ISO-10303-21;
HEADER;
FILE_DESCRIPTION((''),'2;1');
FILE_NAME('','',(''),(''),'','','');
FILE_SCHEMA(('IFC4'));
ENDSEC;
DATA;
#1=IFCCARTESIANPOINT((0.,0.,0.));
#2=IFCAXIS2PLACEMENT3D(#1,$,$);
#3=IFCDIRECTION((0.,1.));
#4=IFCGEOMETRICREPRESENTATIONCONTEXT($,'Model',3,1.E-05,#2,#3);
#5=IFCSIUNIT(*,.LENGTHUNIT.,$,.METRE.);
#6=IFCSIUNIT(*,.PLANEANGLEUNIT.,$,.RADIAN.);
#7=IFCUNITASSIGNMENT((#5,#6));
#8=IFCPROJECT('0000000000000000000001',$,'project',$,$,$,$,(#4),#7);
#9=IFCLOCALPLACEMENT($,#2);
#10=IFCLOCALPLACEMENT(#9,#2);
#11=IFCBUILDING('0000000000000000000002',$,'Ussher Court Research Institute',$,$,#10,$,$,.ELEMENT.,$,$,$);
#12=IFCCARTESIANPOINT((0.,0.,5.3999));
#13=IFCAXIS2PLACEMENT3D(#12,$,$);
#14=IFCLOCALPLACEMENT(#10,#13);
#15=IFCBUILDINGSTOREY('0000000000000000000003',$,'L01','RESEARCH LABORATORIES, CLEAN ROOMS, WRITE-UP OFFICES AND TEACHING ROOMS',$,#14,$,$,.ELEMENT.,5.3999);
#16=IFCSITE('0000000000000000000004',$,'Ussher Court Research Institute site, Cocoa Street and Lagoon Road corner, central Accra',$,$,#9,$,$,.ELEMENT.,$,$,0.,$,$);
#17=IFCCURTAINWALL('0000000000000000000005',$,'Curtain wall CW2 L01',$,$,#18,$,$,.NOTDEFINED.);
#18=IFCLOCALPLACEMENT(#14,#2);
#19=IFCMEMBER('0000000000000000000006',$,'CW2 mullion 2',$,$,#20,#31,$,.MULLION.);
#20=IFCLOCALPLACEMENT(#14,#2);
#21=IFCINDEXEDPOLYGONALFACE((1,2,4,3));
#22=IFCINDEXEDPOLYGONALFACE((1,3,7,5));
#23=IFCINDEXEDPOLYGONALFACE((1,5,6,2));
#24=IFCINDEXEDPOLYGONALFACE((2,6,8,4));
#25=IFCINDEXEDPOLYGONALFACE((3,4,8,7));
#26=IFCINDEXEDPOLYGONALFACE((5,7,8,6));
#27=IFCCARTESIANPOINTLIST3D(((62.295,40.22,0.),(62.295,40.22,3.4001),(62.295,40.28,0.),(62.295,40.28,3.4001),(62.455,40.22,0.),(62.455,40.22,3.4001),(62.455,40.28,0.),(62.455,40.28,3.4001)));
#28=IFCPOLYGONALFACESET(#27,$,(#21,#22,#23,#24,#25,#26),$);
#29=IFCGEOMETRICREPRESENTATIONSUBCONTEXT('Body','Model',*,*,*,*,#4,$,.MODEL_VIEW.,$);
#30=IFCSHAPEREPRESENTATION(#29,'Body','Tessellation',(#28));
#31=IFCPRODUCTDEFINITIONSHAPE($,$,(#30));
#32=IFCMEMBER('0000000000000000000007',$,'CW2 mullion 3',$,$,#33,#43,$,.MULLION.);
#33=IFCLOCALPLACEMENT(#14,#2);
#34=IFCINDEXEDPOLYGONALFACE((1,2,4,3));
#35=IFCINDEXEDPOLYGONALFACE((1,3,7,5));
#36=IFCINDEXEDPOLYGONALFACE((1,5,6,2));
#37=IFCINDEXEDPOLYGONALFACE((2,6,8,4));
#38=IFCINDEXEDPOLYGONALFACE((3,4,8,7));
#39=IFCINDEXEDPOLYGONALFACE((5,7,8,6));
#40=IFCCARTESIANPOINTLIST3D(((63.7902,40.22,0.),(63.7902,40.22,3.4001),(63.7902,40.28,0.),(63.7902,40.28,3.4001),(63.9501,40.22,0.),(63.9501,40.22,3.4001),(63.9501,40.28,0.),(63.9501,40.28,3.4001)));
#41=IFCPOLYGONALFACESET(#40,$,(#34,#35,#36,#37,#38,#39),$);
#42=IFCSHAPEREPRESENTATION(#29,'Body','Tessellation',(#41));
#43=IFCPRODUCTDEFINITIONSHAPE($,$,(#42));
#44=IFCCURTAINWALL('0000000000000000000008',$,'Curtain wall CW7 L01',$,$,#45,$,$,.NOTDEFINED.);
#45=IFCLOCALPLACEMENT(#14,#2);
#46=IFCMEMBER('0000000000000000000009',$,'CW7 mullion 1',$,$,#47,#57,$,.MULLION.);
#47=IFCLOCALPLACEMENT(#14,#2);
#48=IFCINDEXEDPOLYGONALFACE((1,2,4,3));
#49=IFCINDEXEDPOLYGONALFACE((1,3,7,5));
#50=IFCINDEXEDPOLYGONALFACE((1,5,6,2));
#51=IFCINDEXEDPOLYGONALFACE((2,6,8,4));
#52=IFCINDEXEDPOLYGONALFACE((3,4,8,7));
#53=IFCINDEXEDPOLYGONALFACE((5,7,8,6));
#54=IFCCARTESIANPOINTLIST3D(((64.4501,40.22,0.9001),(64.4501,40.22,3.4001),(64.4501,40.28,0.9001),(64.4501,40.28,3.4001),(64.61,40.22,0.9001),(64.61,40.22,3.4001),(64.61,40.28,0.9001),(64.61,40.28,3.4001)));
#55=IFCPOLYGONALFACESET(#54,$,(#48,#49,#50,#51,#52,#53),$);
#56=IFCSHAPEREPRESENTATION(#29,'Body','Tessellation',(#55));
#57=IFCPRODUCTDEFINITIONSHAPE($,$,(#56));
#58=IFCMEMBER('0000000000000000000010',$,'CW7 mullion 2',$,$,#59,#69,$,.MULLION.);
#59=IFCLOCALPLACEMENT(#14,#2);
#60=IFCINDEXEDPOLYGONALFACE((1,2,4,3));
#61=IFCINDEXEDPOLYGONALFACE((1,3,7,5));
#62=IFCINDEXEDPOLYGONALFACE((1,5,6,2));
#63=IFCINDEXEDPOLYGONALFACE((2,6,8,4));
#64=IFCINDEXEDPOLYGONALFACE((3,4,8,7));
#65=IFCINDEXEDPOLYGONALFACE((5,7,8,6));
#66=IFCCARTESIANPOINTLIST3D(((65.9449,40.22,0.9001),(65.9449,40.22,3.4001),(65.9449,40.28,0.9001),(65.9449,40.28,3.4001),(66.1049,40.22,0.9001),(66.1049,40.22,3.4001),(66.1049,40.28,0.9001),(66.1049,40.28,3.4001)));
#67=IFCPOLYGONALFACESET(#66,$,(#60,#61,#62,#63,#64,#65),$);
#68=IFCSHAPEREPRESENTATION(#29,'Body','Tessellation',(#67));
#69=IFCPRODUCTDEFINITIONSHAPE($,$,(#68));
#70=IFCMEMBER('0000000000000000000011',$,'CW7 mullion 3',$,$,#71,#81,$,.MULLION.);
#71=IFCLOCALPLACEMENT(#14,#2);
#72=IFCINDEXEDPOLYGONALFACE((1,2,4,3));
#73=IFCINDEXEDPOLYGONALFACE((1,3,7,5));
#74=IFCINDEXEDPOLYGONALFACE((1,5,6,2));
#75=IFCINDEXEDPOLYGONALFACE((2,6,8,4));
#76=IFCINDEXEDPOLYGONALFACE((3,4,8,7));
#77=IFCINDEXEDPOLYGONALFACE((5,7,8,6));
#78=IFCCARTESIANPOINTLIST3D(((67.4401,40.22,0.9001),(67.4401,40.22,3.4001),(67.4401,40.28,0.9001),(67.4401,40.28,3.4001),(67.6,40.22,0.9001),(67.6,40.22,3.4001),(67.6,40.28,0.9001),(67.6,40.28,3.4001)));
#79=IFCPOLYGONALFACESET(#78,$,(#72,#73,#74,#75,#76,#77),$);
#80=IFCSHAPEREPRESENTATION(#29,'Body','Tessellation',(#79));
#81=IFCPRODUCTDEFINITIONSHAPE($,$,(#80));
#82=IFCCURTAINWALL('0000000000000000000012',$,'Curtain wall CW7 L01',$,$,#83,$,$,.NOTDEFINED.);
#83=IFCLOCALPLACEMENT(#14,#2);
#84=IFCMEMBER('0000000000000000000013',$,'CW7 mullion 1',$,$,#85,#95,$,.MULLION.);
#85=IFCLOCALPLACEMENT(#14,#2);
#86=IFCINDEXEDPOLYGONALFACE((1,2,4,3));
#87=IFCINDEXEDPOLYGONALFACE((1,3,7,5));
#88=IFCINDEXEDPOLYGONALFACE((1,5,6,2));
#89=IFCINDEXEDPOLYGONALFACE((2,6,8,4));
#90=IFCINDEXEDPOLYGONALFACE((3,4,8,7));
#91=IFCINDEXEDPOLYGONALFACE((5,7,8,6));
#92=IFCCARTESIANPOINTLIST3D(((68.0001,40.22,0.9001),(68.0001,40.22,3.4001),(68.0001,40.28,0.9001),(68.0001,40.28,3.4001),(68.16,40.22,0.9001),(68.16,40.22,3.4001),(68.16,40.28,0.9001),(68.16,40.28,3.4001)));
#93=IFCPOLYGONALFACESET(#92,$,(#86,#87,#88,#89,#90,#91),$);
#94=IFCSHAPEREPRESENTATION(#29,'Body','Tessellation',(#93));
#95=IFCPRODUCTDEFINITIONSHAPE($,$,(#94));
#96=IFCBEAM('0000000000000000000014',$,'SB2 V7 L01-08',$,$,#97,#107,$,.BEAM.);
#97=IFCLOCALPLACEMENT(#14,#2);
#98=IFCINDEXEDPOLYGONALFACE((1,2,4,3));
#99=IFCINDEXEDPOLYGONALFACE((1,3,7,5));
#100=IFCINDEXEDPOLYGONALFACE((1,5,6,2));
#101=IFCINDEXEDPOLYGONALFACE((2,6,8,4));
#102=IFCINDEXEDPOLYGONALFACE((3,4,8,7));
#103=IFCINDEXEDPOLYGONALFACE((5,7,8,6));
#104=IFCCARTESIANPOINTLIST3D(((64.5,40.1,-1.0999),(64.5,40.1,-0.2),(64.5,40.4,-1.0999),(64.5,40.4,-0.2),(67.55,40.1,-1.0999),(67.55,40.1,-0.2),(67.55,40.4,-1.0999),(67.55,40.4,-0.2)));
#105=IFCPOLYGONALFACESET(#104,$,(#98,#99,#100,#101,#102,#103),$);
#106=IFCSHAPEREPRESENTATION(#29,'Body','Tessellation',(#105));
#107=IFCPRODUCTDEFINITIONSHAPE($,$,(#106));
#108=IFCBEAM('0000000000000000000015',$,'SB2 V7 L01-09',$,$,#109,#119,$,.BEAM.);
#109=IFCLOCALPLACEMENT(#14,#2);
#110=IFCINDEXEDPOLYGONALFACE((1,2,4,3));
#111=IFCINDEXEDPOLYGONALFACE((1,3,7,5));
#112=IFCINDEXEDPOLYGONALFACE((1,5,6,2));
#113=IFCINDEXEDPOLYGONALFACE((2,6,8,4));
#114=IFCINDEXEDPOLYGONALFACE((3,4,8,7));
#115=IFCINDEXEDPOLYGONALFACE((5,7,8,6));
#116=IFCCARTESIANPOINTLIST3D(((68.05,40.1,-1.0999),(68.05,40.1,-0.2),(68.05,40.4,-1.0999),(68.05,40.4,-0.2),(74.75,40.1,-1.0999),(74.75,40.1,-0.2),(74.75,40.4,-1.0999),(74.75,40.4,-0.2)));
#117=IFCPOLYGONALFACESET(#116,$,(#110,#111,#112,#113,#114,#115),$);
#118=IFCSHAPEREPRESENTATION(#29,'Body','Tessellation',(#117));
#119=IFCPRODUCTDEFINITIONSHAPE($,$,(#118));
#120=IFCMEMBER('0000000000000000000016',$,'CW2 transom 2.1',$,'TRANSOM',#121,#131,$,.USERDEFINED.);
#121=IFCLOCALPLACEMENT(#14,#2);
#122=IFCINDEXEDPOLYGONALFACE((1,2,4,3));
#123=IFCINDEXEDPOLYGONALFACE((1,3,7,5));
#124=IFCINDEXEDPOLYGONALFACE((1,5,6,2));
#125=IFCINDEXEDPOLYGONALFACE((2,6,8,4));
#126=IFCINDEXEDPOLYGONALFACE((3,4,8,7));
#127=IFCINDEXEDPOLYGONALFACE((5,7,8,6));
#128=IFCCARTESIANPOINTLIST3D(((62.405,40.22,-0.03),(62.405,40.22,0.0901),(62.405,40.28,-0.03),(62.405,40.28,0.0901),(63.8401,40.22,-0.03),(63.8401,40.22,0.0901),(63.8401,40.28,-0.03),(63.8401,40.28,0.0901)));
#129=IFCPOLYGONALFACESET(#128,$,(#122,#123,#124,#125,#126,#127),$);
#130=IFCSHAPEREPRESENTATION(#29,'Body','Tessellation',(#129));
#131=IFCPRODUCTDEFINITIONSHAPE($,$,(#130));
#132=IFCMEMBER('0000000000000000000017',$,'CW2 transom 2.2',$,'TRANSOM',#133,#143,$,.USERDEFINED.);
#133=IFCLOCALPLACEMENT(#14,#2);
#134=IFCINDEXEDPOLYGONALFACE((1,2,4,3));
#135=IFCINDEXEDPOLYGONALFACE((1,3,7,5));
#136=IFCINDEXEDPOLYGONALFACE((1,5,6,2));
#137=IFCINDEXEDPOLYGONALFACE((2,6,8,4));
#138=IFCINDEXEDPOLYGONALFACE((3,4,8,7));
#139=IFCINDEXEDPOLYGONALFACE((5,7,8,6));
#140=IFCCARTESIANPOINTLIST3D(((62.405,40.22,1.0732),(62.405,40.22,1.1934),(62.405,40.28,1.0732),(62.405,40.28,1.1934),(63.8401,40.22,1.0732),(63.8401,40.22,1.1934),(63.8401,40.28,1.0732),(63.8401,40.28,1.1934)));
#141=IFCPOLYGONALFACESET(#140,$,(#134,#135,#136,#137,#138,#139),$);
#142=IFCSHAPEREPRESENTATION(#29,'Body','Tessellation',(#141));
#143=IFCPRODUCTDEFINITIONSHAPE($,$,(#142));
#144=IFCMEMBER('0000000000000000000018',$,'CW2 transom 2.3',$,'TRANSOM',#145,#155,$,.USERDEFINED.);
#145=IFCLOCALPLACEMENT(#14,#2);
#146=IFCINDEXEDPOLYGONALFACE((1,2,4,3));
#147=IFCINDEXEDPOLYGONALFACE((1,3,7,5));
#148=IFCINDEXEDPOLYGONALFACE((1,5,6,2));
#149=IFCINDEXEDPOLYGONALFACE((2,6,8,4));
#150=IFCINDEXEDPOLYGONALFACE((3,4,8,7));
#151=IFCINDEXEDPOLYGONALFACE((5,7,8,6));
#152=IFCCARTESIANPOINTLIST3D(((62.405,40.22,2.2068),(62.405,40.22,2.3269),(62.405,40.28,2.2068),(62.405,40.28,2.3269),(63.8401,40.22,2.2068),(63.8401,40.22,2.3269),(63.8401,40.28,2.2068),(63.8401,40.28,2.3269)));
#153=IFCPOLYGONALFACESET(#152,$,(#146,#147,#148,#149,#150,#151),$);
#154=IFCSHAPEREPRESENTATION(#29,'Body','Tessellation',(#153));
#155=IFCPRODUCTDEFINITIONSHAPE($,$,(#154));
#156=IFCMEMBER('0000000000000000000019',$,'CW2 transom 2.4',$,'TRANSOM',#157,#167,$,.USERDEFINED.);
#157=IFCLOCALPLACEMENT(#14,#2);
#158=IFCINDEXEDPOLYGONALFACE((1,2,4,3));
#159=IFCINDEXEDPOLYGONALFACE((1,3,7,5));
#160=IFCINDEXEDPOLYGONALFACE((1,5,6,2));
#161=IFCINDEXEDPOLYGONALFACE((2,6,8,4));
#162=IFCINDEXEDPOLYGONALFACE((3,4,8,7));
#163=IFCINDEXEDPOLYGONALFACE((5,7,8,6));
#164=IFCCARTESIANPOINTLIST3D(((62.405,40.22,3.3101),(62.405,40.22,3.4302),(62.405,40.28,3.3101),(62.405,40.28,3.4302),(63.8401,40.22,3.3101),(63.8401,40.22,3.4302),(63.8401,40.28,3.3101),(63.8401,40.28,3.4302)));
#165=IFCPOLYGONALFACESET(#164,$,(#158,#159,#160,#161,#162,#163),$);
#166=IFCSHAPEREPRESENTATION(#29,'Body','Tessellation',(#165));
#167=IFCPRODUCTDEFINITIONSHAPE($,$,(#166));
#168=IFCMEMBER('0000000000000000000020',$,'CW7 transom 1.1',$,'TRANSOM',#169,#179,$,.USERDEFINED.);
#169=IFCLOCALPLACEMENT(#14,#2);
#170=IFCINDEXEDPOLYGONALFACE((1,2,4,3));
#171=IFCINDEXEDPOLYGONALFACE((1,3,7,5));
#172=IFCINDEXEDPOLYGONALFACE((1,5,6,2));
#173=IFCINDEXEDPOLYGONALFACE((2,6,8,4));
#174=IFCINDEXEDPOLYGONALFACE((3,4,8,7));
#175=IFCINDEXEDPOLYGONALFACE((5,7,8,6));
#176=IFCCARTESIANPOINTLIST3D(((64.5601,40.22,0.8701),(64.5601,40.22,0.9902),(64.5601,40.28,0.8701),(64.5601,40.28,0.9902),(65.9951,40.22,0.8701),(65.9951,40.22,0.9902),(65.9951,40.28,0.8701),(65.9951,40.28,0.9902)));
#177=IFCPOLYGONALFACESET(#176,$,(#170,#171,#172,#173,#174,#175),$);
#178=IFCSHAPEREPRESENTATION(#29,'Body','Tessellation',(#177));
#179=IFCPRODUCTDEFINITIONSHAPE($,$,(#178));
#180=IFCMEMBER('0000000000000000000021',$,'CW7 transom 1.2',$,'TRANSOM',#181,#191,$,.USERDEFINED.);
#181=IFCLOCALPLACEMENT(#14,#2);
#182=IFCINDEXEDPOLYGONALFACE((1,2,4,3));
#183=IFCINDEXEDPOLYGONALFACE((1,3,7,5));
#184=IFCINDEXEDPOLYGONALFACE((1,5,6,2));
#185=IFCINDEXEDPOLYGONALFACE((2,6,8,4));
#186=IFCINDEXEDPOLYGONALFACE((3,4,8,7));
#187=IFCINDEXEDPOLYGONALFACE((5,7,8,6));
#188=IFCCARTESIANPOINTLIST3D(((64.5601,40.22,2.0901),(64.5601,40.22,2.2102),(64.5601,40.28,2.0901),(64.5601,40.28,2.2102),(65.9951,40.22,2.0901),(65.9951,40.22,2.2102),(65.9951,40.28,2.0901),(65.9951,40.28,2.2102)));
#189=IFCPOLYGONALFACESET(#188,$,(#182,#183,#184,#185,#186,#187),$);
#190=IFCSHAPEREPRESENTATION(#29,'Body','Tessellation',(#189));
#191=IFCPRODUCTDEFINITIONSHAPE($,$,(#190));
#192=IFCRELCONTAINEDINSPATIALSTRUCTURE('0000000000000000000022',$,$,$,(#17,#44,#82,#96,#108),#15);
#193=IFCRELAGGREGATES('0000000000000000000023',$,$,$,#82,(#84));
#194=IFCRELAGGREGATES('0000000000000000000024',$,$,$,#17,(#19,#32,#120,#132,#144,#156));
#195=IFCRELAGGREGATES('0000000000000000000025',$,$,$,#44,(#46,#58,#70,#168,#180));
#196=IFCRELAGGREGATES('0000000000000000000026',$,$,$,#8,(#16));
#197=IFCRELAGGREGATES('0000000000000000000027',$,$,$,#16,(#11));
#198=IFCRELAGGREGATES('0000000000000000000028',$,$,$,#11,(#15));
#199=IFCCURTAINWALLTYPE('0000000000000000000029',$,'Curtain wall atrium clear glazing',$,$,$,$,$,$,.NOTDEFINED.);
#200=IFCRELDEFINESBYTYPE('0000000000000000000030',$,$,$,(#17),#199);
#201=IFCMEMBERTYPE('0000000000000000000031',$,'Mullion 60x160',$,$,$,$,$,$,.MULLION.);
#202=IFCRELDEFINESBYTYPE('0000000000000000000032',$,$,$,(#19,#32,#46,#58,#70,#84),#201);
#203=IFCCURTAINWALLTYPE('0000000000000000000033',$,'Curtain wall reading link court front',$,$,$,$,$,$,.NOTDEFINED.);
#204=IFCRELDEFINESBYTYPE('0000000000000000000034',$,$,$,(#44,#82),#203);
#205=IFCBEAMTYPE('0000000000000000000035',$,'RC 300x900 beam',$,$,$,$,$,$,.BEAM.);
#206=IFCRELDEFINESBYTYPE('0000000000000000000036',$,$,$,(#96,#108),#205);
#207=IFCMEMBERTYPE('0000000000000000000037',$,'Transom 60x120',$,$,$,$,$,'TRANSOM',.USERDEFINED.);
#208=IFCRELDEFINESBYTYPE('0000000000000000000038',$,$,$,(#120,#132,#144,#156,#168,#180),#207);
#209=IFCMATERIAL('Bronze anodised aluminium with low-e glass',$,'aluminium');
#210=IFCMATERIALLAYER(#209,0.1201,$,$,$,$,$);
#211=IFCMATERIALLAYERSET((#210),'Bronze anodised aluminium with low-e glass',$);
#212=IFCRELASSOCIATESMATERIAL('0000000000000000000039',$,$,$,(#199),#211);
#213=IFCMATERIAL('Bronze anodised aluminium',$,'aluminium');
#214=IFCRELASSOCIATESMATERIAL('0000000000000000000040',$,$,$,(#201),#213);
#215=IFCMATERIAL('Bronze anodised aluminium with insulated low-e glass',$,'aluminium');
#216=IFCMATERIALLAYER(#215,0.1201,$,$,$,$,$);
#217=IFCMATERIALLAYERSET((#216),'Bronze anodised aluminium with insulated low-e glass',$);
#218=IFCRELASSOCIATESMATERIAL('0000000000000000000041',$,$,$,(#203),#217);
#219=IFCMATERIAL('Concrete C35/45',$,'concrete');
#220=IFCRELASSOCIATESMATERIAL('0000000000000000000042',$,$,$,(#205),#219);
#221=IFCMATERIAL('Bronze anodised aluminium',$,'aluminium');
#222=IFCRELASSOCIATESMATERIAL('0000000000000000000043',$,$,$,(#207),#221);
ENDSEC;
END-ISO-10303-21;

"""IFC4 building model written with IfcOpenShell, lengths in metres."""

from ifc_helpers import new_model, si_unit, direction, frame, origin, origin_2d, place, context, subcontext, project, spatial, rectangle, extrude, material, layer, layer_set, material_profile, profile_set, type_object, element, aggregate, save


model = new_model("IFC4")

# Units and contexts
model_context = context("Model", 3, precision=1e-05, world=origin(), true_north=direction((0.0, 1.0)))
body_context = subcontext(model_context, "Body", "Model", "MODEL_VIEW")
ifc_project = project(units=[si_unit("LENGTHUNIT", "METRE"), si_unit("PLANEANGLEUNIT", "RADIAN")], contexts=[model_context])

# Site, building, storey
site_placement = place(None, origin())
site = spatial("IfcSite", under=ifc_project, at=site_placement, Name="Ussher Court Research Institute site, Cocoa Street and Lagoon Road corner, central Accra", CompositionType="ELEMENT", RefElevation=0.0)
building_placement = place(site_placement, origin())
building = spatial("IfcBuilding", under=site, at=building_placement, Name="Ussher Court Research Institute", CompositionType="ELEMENT")
storey_placement = place(building_placement, frame((0.0, 0.0, 5.3999)))
storey = spatial("IfcBuildingStorey", under=building, at=storey_placement, Name="L01", Description="RESEARCH LABORATORIES, CLEAN ROOMS, WRITE-UP OFFICES AND TEACHING ROOMS", CompositionType="ELEMENT", Elevation=5.3999)

# Curtain walls, members
ifc_material_1 = material(Name="Bronze anodised aluminium with low-e glass", Category="aluminium")
ifc_layer_1 = layer(ifc_material_1, 0.1201)
ifc_layer_set_1 = layer_set([ifc_layer_1], Name="Bronze anodised aluminium with low-e glass")
curtain_wall_type_1 = type_object("IfcCurtainWallType", Name="Curtain wall atrium clear glazing", PredefinedType="NOTDEFINED", material=ifc_layer_set_1)
curtain_wall_1_placement = place(storey_placement, origin())
curtain_wall_1 = element("IfcCurtainWall", 1, at=curtain_wall_1_placement, inside=storey, type_object=curtain_wall_type_1, Name="Curtain wall CW2 L01", PredefinedType="NOTDEFINED")
ifc_material_2 = material(Name="Bronze anodised aluminium", Category="aluminium")
ifc_material_profile_1 = material_profile(ifc_material_2, rectangle(XDim=0.0601, YDim=0.1599, at=origin_2d()), Name="Mullion 60x160")
ifc_profile_set_1 = profile_set([ifc_material_profile_1], Name="Bronze anodised aluminium")
member_type_1 = type_object("IfcMemberType", Name="Mullion 60x160", PredefinedType="MULLION", material=ifc_profile_set_1)
member_1_placement = place(storey_placement, frame((62.375, 40.25, 0.0), z_axis=(0.0, 0.0, 1.0), x_axis=(0.0, 1.0, 0.0)))
member_1 = element("IfcMember", 2, at=member_1_placement, type_object=member_type_1, Name="CW2 mullion 2", PredefinedType="MULLION", context=body_context, shape_type="SweptSolid", body=[
    extrude(rectangle(XDim=0.0601, YDim=0.1599, at=origin_2d()), origin(), (0.0, 0.0, 1.0), 3.4001),
])
member_2_placement = place(storey_placement, frame((63.8701, 40.25, 0.0), z_axis=(0.0, 0.0, 1.0), x_axis=(0.0, 1.0, 0.0)))
member_2 = element("IfcMember", 3, at=member_2_placement, type_object=member_type_1, Name="CW2 mullion 3", PredefinedType="MULLION", context=body_context, shape_type="SweptSolid", body=[
    extrude(rectangle(XDim=0.0601, YDim=0.1599, at=origin_2d()), origin(), (0.0, 0.0, 1.0), 3.4001),
])
ifc_material_3 = material(Name="Bronze anodised aluminium with insulated low-e glass", Category="aluminium")
ifc_layer_2 = layer(ifc_material_3, 0.1201)
ifc_layer_set_2 = layer_set([ifc_layer_2], Name="Bronze anodised aluminium with insulated low-e glass")
curtain_wall_type_2 = type_object("IfcCurtainWallType", Name="Curtain wall reading link court front", PredefinedType="NOTDEFINED", material=ifc_layer_set_2)
curtain_wall_2_placement = place(storey_placement, origin())
curtain_wall_2 = element("IfcCurtainWall", 4, at=curtain_wall_2_placement, inside=storey, type_object=curtain_wall_type_2, Name="Curtain wall CW7 L01", PredefinedType="NOTDEFINED")
member_3_placement = place(storey_placement, frame((64.53, 40.25, 0.9001), z_axis=(0.0, 0.0, 1.0), x_axis=(0.0, 1.0, 0.0)))
member_3 = element("IfcMember", 5, at=member_3_placement, type_object=member_type_1, Name="CW7 mullion 1", PredefinedType="MULLION", context=body_context, shape_type="SweptSolid", body=[
    extrude(rectangle(XDim=0.0601, YDim=0.1599, at=origin_2d()), origin(), (0.0, 0.0, 1.0), 2.5),
])
member_4_placement = place(storey_placement, frame((66.0249, 40.25, 0.9001), z_axis=(0.0, 0.0, 1.0), x_axis=(0.0, 1.0, 0.0)))
member_4 = element("IfcMember", 6, at=member_4_placement, type_object=member_type_1, Name="CW7 mullion 2", PredefinedType="MULLION", context=body_context, shape_type="SweptSolid", body=[
    extrude(rectangle(XDim=0.0601, YDim=0.1599, at=origin_2d()), origin(), (0.0, 0.0, 1.0), 2.5),
])
member_5_placement = place(storey_placement, frame((67.52, 40.25, 0.9001), z_axis=(0.0, 0.0, 1.0), x_axis=(0.0, 1.0, 0.0)))
member_5 = element("IfcMember", 7, at=member_5_placement, type_object=member_type_1, Name="CW7 mullion 3", PredefinedType="MULLION", context=body_context, shape_type="SweptSolid", body=[
    extrude(rectangle(XDim=0.0601, YDim=0.1599, at=origin_2d()), origin(), (0.0, 0.0, 1.0), 2.5),
])

# Curtain wall, member
curtain_wall_3_placement = place(storey_placement, origin())
curtain_wall_3 = element("IfcCurtainWall", 8, at=curtain_wall_3_placement, inside=storey, type_object=curtain_wall_type_2, Name="Curtain wall CW7 L01", PredefinedType="NOTDEFINED")
member_6_placement = place(storey_placement, frame((68.0801, 40.25, 0.9001), z_axis=(0.0, 0.0, 1.0), x_axis=(0.0, 1.0, 0.0)))
member_6 = element("IfcMember", 9, at=member_6_placement, type_object=member_type_1, Name="CW7 mullion 1", PredefinedType="MULLION", context=body_context, shape_type="SweptSolid", body=[
    extrude(rectangle(XDim=0.0601, YDim=0.1599, at=origin_2d()), origin(), (0.0, 0.0, 1.0), 2.5),
])
aggregate(curtain_wall_3, [member_6])

# Beams
ifc_material_4 = material(Name="Concrete C35/45", Category="concrete")
ifc_material_profile_2 = material_profile(ifc_material_4, rectangle(XDim=0.3, YDim=0.8999, at=origin_2d()), Name="RC 300x900")
ifc_profile_set_2 = profile_set([ifc_material_profile_2], Name="Concrete C35/45")
beam_type = type_object("IfcBeamType", Name="RC 300x900 beam", PredefinedType="BEAM", material=ifc_profile_set_2)
beam_1_placement = place(storey_placement, frame((64.5, 40.25, -0.6499), z_axis=(1.0, 0.0, 0.0), x_axis=(0.0, 1.0, 0.0)))
element("IfcBeam", 10, at=beam_1_placement, inside=storey, type_object=beam_type, Name="SB2 V7 L01-08", PredefinedType="BEAM", context=body_context, shape_type="SweptSolid", body=[
    extrude(rectangle(XDim=0.3, YDim=0.8999, at=origin_2d()), origin(), (0.0, 0.0, 1.0), 3.05),
])
beam_2_placement = place(storey_placement, frame((68.05, 40.25, -0.6499), z_axis=(1.0, 0.0, 0.0), x_axis=(0.0, 1.0, 0.0)))
element("IfcBeam", 11, at=beam_2_placement, inside=storey, type_object=beam_type, Name="SB2 V7 L01-09", PredefinedType="BEAM", context=body_context, shape_type="SweptSolid", body=[
    extrude(rectangle(XDim=0.3, YDim=0.8999, at=origin_2d()), origin(), (0.0, 0.0, 1.0), 6.7),
])

# Members
ifc_material_5 = material(Name="Bronze anodised aluminium", Category="aluminium")
ifc_material_profile_3 = material_profile(ifc_material_5, rectangle(XDim=0.0601, YDim=0.1201, at=origin_2d()), Name="Transom 60x120")
ifc_profile_set_3 = profile_set([ifc_material_profile_3], Name="Bronze anodised aluminium")
member_type_2 = type_object("IfcMemberType", Name="Transom 60x120", ElementType="TRANSOM", PredefinedType="USERDEFINED", material=ifc_profile_set_3)
member_7_placement = place(storey_placement, frame((62.405, 40.25, 0.03), z_axis=(1.0, 0.0, 0.0), x_axis=(0.0, 1.0, 0.0)))
member_7 = element("IfcMember", 12, at=member_7_placement, type_object=member_type_2, Name="CW2 transom 2.1", ObjectType="TRANSOM", PredefinedType="USERDEFINED", context=body_context, shape_type="SweptSolid", body=[
    extrude(rectangle(XDim=0.0601, YDim=0.1201, at=origin_2d()), origin(), (0.0, 0.0, 1.0), 1.4351),
])
member_8_placement = place(storey_placement, frame((62.405, 40.25, 1.1333), z_axis=(1.0, 0.0, 0.0), x_axis=(0.0, 1.0, 0.0)))
member_8 = element("IfcMember", 13, at=member_8_placement, type_object=member_type_2, Name="CW2 transom 2.2", ObjectType="TRANSOM", PredefinedType="USERDEFINED", context=body_context, shape_type="SweptSolid", body=[
    extrude(rectangle(XDim=0.0601, YDim=0.1201, at=origin_2d()), origin(), (0.0, 0.0, 1.0), 1.4351),
])
member_9_placement = place(storey_placement, frame((62.405, 40.25, 2.2668), z_axis=(1.0, 0.0, 0.0), x_axis=(0.0, 1.0, 0.0)))
member_9 = element("IfcMember", 14, at=member_9_placement, type_object=member_type_2, Name="CW2 transom 2.3", ObjectType="TRANSOM", PredefinedType="USERDEFINED", context=body_context, shape_type="SweptSolid", body=[
    extrude(rectangle(XDim=0.0601, YDim=0.1201, at=origin_2d()), origin(), (0.0, 0.0, 1.0), 1.4351),
])
member_10_placement = place(storey_placement, frame((62.405, 40.25, 3.3701), z_axis=(1.0, 0.0, 0.0), x_axis=(0.0, 1.0, 0.0)))
member_10 = element("IfcMember", 15, at=member_10_placement, type_object=member_type_2, Name="CW2 transom 2.4", ObjectType="TRANSOM", PredefinedType="USERDEFINED", context=body_context, shape_type="SweptSolid", body=[
    extrude(rectangle(XDim=0.0601, YDim=0.1201, at=origin_2d()), origin(), (0.0, 0.0, 1.0), 1.4351),
])
member_11_placement = place(storey_placement, frame((64.5601, 40.25, 0.9302), z_axis=(1.0, 0.0, 0.0), x_axis=(0.0, 1.0, 0.0)))
member_11 = element("IfcMember", 16, at=member_11_placement, type_object=member_type_2, Name="CW7 transom 1.1", ObjectType="TRANSOM", PredefinedType="USERDEFINED", context=body_context, shape_type="SweptSolid", body=[
    extrude(rectangle(XDim=0.0601, YDim=0.1201, at=origin_2d()), origin(), (0.0, 0.0, 1.0), 1.4351),
])
member_12_placement = place(storey_placement, frame((64.5601, 40.25, 2.1501), z_axis=(1.0, 0.0, 0.0), x_axis=(0.0, 1.0, 0.0)))
member_12 = element("IfcMember", 17, at=member_12_placement, type_object=member_type_2, Name="CW7 transom 1.2", ObjectType="TRANSOM", PredefinedType="USERDEFINED", context=body_context, shape_type="SweptSolid", body=[
    extrude(rectangle(XDim=0.0601, YDim=0.1201, at=origin_2d()), origin(), (0.0, 0.0, 1.0), 1.4351),
])

aggregate(curtain_wall_1, [member_1, member_2, member_7, member_8, member_9, member_10])
aggregate(curtain_wall_2, [member_3, member_4, member_5, member_11, member_12])

save(model, "model.ifc")
